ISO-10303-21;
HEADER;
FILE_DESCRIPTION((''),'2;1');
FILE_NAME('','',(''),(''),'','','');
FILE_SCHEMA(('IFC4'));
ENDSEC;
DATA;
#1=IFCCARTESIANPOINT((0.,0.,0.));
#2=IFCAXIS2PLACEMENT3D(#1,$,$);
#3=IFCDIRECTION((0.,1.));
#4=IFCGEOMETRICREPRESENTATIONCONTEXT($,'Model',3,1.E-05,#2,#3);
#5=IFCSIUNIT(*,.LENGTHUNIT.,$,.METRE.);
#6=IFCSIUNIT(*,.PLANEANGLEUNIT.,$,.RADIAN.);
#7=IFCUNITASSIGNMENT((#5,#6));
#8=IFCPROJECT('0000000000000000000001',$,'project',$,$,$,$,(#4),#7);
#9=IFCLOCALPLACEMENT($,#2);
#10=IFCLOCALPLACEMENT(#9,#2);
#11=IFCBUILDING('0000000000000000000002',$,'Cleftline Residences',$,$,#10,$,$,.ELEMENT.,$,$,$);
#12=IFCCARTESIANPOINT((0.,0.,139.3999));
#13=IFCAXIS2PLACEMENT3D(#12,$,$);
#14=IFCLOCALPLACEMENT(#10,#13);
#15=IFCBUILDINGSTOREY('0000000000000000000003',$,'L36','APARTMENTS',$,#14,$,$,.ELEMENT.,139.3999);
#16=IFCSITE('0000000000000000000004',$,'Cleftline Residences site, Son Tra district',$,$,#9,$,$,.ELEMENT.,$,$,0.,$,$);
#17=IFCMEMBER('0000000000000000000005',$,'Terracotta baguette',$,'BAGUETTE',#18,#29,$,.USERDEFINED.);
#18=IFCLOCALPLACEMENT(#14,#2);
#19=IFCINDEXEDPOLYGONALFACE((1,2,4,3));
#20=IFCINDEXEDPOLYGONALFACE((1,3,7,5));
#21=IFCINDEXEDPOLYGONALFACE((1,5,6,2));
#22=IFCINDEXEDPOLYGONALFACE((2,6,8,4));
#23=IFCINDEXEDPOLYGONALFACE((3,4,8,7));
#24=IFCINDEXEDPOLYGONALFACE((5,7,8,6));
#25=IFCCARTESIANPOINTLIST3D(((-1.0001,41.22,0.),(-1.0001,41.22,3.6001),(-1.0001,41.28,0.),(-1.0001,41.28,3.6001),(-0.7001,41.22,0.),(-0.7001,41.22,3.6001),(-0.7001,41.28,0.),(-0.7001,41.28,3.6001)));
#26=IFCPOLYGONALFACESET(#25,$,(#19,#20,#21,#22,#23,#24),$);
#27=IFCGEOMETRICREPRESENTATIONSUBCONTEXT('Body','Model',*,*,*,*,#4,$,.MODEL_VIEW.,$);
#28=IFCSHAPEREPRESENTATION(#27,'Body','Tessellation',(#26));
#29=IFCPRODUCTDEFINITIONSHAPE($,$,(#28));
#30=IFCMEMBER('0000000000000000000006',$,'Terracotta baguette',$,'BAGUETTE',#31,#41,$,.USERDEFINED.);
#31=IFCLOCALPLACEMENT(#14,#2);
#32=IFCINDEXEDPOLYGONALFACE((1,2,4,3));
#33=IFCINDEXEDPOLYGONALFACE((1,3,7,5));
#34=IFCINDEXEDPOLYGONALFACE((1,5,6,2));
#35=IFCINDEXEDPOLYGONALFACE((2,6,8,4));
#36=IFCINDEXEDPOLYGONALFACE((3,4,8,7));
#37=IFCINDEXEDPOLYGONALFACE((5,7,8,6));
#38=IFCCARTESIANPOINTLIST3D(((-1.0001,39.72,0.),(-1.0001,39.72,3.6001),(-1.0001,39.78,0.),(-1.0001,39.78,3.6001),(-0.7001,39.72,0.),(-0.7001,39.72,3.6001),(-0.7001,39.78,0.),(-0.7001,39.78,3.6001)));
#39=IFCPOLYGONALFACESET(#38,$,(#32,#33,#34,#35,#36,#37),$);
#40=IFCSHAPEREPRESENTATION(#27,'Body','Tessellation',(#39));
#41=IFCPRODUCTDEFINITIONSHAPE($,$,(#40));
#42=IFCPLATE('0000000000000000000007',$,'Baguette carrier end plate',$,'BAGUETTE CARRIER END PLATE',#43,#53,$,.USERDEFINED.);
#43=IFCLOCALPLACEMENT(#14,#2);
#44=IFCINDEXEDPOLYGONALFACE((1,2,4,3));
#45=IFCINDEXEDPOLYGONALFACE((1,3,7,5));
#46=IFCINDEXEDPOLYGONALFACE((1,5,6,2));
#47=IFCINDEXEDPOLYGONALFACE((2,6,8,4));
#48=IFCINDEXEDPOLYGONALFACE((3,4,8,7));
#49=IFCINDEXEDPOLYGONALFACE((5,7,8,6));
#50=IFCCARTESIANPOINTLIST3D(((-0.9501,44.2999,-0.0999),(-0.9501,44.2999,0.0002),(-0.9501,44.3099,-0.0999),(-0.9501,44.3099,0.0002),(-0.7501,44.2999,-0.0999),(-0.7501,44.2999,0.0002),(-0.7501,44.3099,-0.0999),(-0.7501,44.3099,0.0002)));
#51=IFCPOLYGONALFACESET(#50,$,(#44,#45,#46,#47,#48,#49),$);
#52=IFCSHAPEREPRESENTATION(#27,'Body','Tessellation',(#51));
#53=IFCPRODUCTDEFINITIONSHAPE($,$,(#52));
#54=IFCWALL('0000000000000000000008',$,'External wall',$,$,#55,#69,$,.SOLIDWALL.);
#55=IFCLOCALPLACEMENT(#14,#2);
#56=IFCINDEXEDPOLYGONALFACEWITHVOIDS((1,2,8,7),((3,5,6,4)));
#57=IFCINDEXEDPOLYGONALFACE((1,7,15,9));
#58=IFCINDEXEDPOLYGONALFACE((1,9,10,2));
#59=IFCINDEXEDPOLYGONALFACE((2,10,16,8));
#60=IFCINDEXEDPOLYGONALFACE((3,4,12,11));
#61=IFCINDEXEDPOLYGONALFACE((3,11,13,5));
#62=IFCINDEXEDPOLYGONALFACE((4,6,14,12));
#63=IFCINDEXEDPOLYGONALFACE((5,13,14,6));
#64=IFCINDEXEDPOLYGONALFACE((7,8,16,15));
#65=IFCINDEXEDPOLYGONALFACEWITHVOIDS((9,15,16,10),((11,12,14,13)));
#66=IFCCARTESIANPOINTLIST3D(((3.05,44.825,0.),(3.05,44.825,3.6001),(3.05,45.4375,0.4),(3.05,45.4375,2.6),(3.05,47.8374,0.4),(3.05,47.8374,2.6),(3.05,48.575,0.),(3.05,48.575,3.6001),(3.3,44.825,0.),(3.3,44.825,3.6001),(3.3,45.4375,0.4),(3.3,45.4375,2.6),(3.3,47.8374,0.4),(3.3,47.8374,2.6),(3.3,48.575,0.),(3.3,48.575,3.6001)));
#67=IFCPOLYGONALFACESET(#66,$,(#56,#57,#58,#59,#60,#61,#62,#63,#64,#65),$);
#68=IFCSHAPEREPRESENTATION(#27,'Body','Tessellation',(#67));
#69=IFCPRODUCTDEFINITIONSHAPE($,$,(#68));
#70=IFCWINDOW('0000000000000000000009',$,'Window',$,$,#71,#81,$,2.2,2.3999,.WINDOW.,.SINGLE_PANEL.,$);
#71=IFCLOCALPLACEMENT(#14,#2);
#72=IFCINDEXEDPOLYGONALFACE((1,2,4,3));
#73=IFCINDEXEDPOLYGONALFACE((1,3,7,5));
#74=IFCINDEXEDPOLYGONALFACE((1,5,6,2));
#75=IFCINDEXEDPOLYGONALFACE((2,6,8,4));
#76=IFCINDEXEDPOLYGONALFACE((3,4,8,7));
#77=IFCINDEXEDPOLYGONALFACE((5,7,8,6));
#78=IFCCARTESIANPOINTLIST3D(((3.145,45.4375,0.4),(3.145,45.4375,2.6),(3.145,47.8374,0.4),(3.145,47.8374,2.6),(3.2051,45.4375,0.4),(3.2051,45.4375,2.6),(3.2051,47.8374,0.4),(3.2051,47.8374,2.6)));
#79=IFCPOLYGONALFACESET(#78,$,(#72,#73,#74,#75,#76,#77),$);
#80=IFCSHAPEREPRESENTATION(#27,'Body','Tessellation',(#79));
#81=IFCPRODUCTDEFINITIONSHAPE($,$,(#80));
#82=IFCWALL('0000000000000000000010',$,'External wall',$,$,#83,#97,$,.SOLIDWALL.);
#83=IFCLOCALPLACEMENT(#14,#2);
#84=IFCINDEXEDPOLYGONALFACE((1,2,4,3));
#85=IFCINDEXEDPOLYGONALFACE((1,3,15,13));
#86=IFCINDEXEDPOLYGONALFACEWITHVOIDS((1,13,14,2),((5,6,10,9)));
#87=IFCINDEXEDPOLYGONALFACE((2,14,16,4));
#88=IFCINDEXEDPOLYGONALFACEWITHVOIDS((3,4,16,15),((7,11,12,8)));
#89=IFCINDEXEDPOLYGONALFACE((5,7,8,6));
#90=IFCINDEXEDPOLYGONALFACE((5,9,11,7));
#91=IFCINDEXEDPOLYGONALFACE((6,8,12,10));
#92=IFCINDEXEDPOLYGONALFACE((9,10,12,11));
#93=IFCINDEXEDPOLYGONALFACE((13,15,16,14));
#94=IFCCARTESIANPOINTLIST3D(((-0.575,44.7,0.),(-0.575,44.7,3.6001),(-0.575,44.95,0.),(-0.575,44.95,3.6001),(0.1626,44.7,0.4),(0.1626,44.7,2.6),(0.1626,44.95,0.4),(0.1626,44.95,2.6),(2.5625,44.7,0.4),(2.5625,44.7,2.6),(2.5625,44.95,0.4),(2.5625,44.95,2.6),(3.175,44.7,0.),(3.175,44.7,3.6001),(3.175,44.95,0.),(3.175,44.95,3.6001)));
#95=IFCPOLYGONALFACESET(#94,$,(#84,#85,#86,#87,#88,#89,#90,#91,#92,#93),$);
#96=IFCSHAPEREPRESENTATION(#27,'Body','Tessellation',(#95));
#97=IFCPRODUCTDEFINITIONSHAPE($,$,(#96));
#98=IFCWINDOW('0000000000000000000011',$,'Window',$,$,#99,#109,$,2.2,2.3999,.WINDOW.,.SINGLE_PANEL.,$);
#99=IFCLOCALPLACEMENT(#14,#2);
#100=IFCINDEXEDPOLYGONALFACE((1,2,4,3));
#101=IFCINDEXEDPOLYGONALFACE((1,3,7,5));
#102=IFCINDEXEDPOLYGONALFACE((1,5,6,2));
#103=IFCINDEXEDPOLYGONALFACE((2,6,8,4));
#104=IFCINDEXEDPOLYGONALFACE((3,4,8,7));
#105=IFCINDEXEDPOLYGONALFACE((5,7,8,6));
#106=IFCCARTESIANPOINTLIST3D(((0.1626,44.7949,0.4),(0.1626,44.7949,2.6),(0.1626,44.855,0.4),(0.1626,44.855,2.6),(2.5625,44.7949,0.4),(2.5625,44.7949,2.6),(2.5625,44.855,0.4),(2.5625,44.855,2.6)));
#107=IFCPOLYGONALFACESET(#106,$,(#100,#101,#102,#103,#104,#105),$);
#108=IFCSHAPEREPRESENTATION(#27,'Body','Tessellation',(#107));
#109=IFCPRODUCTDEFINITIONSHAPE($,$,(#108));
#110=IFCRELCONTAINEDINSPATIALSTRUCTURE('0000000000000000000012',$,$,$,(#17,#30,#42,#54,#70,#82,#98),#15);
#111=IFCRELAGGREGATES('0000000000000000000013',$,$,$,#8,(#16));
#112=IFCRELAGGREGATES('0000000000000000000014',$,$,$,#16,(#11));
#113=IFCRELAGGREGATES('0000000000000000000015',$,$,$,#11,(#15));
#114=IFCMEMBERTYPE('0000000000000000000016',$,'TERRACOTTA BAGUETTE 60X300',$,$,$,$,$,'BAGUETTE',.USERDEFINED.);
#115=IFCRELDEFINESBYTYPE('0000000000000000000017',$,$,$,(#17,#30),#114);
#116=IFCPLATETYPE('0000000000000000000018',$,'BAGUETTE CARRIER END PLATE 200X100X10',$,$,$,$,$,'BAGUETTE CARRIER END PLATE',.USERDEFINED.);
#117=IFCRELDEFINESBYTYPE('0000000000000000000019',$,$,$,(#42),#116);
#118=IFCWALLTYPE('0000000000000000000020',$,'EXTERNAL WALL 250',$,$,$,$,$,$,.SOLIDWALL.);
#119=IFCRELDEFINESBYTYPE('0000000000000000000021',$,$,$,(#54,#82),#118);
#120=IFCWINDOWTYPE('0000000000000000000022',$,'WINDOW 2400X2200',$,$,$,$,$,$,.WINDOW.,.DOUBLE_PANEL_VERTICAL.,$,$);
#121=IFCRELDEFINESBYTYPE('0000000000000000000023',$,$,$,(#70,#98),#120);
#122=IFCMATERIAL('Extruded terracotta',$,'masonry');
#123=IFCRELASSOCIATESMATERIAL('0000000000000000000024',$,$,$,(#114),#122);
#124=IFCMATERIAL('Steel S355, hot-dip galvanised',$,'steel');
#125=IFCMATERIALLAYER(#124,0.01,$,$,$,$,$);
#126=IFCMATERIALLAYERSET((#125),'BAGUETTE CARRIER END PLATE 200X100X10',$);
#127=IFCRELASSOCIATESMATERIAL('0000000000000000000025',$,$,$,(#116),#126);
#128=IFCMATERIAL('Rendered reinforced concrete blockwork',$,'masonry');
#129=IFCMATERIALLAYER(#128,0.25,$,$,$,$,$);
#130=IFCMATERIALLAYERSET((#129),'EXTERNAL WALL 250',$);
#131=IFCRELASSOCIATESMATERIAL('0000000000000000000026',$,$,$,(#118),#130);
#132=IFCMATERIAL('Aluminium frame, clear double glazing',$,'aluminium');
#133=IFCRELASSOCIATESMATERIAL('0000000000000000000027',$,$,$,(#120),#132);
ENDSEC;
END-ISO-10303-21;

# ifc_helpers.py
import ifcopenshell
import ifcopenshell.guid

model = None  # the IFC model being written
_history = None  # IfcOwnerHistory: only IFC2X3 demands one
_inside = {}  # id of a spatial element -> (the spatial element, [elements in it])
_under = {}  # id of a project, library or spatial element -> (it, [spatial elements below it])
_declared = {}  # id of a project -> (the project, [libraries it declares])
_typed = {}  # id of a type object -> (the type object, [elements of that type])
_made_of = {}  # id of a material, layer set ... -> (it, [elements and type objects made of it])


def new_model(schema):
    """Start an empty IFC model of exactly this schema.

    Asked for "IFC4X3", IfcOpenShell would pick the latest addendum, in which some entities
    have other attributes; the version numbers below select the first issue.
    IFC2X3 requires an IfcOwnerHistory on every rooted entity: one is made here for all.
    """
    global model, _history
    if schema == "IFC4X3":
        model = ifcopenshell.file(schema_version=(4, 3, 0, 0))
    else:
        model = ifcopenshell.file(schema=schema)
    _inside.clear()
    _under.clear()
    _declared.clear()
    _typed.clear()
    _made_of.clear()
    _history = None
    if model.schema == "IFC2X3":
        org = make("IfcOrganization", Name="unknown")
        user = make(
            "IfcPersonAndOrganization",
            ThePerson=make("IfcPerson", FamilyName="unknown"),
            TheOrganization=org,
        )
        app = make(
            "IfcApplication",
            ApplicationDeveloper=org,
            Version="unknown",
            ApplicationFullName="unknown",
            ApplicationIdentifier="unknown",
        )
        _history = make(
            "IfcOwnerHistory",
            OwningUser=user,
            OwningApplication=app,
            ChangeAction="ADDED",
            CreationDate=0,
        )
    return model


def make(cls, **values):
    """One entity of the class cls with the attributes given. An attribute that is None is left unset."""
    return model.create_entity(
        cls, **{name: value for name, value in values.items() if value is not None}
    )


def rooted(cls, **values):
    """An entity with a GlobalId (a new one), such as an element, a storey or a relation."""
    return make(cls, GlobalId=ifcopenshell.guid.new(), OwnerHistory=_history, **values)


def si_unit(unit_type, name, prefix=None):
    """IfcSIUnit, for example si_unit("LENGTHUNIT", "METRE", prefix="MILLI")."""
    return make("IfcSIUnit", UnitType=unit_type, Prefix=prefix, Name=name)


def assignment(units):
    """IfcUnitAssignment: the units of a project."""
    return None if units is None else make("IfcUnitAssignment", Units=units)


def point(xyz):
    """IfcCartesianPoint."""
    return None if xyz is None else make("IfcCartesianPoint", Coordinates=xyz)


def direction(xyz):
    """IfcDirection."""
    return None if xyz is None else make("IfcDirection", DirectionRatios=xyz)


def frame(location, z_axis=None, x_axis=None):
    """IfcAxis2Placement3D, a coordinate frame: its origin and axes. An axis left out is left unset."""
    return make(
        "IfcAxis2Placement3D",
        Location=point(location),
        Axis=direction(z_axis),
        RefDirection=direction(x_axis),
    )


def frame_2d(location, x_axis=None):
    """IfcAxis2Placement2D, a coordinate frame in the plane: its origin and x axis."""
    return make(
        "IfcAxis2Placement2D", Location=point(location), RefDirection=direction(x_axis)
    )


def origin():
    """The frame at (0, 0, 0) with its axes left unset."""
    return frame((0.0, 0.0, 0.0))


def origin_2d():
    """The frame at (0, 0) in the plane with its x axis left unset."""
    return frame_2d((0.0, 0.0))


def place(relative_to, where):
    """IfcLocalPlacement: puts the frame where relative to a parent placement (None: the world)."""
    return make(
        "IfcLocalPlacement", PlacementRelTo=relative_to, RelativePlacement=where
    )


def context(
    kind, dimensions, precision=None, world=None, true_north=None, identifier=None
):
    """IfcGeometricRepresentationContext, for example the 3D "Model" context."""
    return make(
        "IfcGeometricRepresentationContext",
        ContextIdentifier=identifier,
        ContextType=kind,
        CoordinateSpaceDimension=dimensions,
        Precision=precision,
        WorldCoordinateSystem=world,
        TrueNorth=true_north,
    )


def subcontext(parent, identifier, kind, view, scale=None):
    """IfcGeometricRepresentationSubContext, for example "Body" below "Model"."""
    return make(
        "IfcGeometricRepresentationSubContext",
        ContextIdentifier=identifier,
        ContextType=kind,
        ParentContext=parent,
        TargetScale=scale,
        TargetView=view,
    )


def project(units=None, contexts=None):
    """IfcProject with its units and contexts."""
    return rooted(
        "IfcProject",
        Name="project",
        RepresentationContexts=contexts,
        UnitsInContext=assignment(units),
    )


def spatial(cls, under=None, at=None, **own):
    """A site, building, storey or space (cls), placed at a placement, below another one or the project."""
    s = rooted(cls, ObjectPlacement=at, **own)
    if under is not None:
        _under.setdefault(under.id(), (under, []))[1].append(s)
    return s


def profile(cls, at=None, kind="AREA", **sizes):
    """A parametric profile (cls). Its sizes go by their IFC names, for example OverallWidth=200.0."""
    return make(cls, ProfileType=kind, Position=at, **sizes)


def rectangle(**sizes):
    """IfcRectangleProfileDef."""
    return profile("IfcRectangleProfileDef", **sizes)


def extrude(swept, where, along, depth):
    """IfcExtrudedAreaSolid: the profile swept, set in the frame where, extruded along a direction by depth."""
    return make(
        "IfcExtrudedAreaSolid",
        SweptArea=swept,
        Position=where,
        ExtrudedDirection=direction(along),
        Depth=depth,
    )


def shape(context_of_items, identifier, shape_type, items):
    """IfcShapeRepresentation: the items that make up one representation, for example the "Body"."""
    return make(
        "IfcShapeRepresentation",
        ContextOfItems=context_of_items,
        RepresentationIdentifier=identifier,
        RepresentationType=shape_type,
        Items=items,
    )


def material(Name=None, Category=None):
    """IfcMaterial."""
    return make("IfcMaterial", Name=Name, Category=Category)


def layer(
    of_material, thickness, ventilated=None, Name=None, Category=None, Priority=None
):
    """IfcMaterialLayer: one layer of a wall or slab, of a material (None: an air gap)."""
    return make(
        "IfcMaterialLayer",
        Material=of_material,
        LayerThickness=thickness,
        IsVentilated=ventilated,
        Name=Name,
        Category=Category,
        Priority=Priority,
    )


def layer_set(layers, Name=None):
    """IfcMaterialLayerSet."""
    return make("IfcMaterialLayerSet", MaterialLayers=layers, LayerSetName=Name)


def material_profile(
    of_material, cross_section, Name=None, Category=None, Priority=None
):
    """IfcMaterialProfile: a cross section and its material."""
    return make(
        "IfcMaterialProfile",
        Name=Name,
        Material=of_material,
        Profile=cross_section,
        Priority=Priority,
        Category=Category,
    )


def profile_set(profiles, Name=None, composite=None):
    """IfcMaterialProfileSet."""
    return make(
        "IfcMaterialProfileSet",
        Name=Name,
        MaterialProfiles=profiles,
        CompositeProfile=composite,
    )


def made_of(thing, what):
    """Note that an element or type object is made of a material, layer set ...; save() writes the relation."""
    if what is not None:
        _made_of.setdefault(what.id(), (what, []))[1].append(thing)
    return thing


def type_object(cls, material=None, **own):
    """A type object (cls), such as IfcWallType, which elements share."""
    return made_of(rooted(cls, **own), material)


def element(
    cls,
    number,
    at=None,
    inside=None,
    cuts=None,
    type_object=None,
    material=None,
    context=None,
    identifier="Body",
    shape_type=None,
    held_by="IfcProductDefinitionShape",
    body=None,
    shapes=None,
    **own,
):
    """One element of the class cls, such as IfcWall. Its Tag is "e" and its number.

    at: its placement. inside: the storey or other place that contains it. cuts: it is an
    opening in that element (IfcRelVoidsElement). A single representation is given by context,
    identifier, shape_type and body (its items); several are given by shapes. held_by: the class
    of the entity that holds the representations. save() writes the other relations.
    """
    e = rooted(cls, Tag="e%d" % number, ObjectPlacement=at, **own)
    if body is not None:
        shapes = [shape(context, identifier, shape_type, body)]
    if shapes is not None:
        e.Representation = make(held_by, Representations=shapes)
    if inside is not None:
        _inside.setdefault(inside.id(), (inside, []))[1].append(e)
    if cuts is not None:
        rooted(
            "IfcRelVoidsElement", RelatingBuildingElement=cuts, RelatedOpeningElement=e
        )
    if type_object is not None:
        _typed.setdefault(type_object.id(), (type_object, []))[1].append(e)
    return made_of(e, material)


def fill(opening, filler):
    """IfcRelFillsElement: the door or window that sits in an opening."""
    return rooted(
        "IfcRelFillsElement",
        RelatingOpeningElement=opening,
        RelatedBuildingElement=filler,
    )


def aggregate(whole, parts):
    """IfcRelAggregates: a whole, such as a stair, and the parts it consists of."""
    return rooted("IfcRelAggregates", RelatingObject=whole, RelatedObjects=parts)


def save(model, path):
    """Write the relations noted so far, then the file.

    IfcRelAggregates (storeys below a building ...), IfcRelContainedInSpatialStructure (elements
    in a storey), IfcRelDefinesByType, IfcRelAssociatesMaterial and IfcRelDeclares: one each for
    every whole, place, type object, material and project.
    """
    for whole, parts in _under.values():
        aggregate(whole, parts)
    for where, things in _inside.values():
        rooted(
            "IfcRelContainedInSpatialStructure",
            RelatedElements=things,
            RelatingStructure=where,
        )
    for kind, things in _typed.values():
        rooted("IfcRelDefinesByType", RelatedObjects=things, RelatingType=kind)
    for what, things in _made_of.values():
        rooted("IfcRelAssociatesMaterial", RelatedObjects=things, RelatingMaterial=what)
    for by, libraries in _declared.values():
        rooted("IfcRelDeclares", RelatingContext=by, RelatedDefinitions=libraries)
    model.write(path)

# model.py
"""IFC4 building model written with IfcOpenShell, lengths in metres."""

from ifc_helpers import new_model, si_unit, direction, frame, frame_2d, origin, origin_2d, place, context, subcontext, project, spatial, rectangle, extrude, material, layer, layer_set, material_profile, profile_set, type_object, element, fill, save


model = new_model("IFC4")

# Units and contexts
model_context = context("Model", 3, precision=1e-05, world=origin(), true_north=direction((0.0, 1.0)))
body_context = subcontext(model_context, "Body", "Model", "MODEL_VIEW")
ifc_project = project(units=[si_unit("LENGTHUNIT", "METRE"), si_unit("PLANEANGLEUNIT", "RADIAN")], contexts=[model_context])

# Site, building, storey
site_placement = place(None, origin())
site = spatial("IfcSite", under=ifc_project, at=site_placement, Name="Cleftline Residences site, Son Tra district", CompositionType="ELEMENT", RefElevation=0.0)
building_placement = place(site_placement, origin())
building = spatial("IfcBuilding", under=site, at=building_placement, Name="Cleftline Residences", CompositionType="ELEMENT")
storey_placement = place(building_placement, frame((0.0, 0.0, 139.3999)))
storey = spatial("IfcBuildingStorey", under=building, at=storey_placement, Name="L36", Description="APARTMENTS", CompositionType="ELEMENT", Elevation=139.3999)

# Members
ifc_material_1 = material(Name="Extruded terracotta", Category="masonry")
ifc_material_profile_1 = material_profile(ifc_material_1, rectangle(XDim=0.0601, YDim=0.3, at=origin_2d()))
ifc_profile_set_1 = profile_set([ifc_material_profile_1], Name="Extruded terracotta")
member_type_1 = type_object("IfcMemberType", Name="TERRACOTTA BAGUETTE 60X300", ElementType="BAGUETTE", PredefinedType="USERDEFINED", material=ifc_profile_set_1)
for number, where, z_axis, x_axis, name in (
    (1, (-0.8501, 41.25, 0.0), (0.0, 0.0, 1.0), (0.0, 1.0, 0.0), "Terracotta baguette"),
    (2, (-0.8501, 39.75, 0.0), (0.0, 0.0, 1.0), (0.0, 1.0, 0.0), "Terracotta baguette"),
):
    element("IfcMember", number, at=place(storey_placement, frame(where, z_axis=z_axis, x_axis=x_axis)), inside=storey, type_object=member_type_1, Name=name, ObjectType="BAGUETTE", PredefinedType="USERDEFINED", context=body_context, shape_type="SweptSolid", body=[
        extrude(rectangle(XDim=0.0601, YDim=0.3, at=origin_2d()), origin(), (0.0, 0.0, 1.0), 3.6001),
    ])

# Plate
ifc_material_2 = material(Name="Steel S355, hot-dip galvanised", Category="steel")
ifc_layer_1 = layer(ifc_material_2, 0.01)
ifc_layer_set_1 = layer_set([ifc_layer_1], Name="BAGUETTE CARRIER END PLATE 200X100X10")
plate_type = type_object("IfcPlateType", Name="BAGUETTE CARRIER END PLATE 200X100X10", ElementType="BAGUETTE CARRIER END PLATE", PredefinedType="USERDEFINED", material=ifc_layer_set_1)
plate_placement = place(storey_placement, frame((-0.8501, 44.3049, -0.0999), z_axis=(0.0, 0.0, 1.0), x_axis=(-1.0, 0.0, 0.0)))
element("IfcPlate", 3, at=plate_placement, inside=storey, type_object=plate_type, Name="Baguette carrier end plate", ObjectType="BAGUETTE CARRIER END PLATE", PredefinedType="USERDEFINED", context=body_context, shape_type="SweptSolid", body=[
    extrude(rectangle(XDim=0.2, YDim=0.01, at=origin_2d()), origin(), (0.0, 0.0, 1.0), 0.1001),
])

# Walls, openings, windows
ifc_material_3 = material(Name="Rendered reinforced concrete blockwork", Category="masonry")
ifc_layer_2 = layer(ifc_material_3, 0.25)
ifc_layer_set_2 = layer_set([ifc_layer_2], Name="EXTERNAL WALL 250")
wall_type_1 = type_object("IfcWallType", Name="EXTERNAL WALL 250", PredefinedType="SOLIDWALL", material=ifc_layer_set_2)
wall_1_placement = place(storey_placement, frame((3.175, 48.575, 0.0), z_axis=(0.0, 0.0, 1.0), x_axis=(0.0, -1.0, 0.0)))
wall_1 = element("IfcWall", 4, at=wall_1_placement, inside=storey, type_object=wall_type_1, Name="External wall", PredefinedType="SOLIDWALL", context=body_context, shape_type="SweptSolid", body=[
    extrude(rectangle(XDim=3.75, YDim=0.25, at=frame_2d((1.875, 0.0))), origin(), (0.0, 0.0, 1.0), 3.6001),
])
opening_1_placement = place(wall_1_placement, frame((0.7375, 0.0, 0.3999)))
opening_1 = element("IfcOpeningElement", 5, at=opening_1_placement, cuts=wall_1, PredefinedType="OPENING", context=body_context, shape_type="SweptSolid", body=[
    extrude(rectangle(XDim=2.3999, YDim=2.2, at=frame_2d((1.2, 1.1001))), frame((0.0, 0.135, 0.0), z_axis=(0.0, -1.0, 0.0), x_axis=(1.0, 0.0, 0.0)), (0.0, 0.0, 1.0), 0.27),
])
ifc_material_4 = material(Name="Aluminium frame, clear double glazing", Category="aluminium")
window_type_1 = type_object("IfcWindowType", Name="WINDOW 2400X2200", PartitioningType="DOUBLE_PANEL_VERTICAL", PredefinedType="WINDOW", material=ifc_material_4)
window_1_placement = place(opening_1_placement, origin())
window_1 = element("IfcWindow", 6, at=window_1_placement, inside=storey, type_object=window_type_1, Name="Window", OverallHeight=2.2, OverallWidth=2.3999, PartitioningType="SINGLE_PANEL", PredefinedType="WINDOW", context=body_context, shape_type="SweptSolid", body=[
    extrude(rectangle(XDim=2.3999, YDim=2.2, at=frame_2d((1.2, 1.1001))), frame((0.0, 0.03, 0.0), z_axis=(0.0, -1.0, 0.0), x_axis=(1.0, 0.0, 0.0)), (0.0, 0.0, 1.0), 0.0601),
])
fill(opening_1, window_1)
wall_2_placement = place(storey_placement, frame((3.175, 44.825, 0.0), z_axis=(0.0, 0.0, 1.0), x_axis=(-1.0, 0.0, 0.0)))
wall_2 = element("IfcWall", 7, at=wall_2_placement, inside=storey, type_object=wall_type_1, Name="External wall", PredefinedType="SOLIDWALL", context=body_context, shape_type="SweptSolid", body=[
    extrude(rectangle(XDim=3.75, YDim=0.25, at=frame_2d((1.875, 0.0))), origin(), (0.0, 0.0, 1.0), 3.6001),
])
opening_2_placement = place(wall_2_placement, frame((0.6125, 0.0, 0.3999)))
opening_2 = element("IfcOpeningElement", 8, at=opening_2_placement, cuts=wall_2, PredefinedType="OPENING", context=body_context, shape_type="SweptSolid", body=[
    extrude(rectangle(XDim=2.3999, YDim=2.2, at=frame_2d((1.2, 1.1001))), frame((0.0, 0.135, 0.0), z_axis=(0.0, -1.0, 0.0), x_axis=(1.0, 0.0, 0.0)), (0.0, 0.0, 1.0), 0.27),
])
window_2_placement = place(opening_2_placement, origin())
window_2 = element("IfcWindow", 9, at=window_2_placement, inside=storey, type_object=window_type_1, Name="Window", OverallHeight=2.2, OverallWidth=2.3999, PartitioningType="SINGLE_PANEL", PredefinedType="WINDOW", context=body_context, shape_type="SweptSolid", body=[
    extrude(rectangle(XDim=2.3999, YDim=2.2, at=frame_2d((1.2, 1.1001))), frame((0.0, 0.03, 0.0), z_axis=(0.0, -1.0, 0.0), x_axis=(1.0, 0.0, 0.0)), (0.0, 0.0, 1.0), 0.0601),
])
fill(opening_2, window_2)

save(model, "model.ifc")
